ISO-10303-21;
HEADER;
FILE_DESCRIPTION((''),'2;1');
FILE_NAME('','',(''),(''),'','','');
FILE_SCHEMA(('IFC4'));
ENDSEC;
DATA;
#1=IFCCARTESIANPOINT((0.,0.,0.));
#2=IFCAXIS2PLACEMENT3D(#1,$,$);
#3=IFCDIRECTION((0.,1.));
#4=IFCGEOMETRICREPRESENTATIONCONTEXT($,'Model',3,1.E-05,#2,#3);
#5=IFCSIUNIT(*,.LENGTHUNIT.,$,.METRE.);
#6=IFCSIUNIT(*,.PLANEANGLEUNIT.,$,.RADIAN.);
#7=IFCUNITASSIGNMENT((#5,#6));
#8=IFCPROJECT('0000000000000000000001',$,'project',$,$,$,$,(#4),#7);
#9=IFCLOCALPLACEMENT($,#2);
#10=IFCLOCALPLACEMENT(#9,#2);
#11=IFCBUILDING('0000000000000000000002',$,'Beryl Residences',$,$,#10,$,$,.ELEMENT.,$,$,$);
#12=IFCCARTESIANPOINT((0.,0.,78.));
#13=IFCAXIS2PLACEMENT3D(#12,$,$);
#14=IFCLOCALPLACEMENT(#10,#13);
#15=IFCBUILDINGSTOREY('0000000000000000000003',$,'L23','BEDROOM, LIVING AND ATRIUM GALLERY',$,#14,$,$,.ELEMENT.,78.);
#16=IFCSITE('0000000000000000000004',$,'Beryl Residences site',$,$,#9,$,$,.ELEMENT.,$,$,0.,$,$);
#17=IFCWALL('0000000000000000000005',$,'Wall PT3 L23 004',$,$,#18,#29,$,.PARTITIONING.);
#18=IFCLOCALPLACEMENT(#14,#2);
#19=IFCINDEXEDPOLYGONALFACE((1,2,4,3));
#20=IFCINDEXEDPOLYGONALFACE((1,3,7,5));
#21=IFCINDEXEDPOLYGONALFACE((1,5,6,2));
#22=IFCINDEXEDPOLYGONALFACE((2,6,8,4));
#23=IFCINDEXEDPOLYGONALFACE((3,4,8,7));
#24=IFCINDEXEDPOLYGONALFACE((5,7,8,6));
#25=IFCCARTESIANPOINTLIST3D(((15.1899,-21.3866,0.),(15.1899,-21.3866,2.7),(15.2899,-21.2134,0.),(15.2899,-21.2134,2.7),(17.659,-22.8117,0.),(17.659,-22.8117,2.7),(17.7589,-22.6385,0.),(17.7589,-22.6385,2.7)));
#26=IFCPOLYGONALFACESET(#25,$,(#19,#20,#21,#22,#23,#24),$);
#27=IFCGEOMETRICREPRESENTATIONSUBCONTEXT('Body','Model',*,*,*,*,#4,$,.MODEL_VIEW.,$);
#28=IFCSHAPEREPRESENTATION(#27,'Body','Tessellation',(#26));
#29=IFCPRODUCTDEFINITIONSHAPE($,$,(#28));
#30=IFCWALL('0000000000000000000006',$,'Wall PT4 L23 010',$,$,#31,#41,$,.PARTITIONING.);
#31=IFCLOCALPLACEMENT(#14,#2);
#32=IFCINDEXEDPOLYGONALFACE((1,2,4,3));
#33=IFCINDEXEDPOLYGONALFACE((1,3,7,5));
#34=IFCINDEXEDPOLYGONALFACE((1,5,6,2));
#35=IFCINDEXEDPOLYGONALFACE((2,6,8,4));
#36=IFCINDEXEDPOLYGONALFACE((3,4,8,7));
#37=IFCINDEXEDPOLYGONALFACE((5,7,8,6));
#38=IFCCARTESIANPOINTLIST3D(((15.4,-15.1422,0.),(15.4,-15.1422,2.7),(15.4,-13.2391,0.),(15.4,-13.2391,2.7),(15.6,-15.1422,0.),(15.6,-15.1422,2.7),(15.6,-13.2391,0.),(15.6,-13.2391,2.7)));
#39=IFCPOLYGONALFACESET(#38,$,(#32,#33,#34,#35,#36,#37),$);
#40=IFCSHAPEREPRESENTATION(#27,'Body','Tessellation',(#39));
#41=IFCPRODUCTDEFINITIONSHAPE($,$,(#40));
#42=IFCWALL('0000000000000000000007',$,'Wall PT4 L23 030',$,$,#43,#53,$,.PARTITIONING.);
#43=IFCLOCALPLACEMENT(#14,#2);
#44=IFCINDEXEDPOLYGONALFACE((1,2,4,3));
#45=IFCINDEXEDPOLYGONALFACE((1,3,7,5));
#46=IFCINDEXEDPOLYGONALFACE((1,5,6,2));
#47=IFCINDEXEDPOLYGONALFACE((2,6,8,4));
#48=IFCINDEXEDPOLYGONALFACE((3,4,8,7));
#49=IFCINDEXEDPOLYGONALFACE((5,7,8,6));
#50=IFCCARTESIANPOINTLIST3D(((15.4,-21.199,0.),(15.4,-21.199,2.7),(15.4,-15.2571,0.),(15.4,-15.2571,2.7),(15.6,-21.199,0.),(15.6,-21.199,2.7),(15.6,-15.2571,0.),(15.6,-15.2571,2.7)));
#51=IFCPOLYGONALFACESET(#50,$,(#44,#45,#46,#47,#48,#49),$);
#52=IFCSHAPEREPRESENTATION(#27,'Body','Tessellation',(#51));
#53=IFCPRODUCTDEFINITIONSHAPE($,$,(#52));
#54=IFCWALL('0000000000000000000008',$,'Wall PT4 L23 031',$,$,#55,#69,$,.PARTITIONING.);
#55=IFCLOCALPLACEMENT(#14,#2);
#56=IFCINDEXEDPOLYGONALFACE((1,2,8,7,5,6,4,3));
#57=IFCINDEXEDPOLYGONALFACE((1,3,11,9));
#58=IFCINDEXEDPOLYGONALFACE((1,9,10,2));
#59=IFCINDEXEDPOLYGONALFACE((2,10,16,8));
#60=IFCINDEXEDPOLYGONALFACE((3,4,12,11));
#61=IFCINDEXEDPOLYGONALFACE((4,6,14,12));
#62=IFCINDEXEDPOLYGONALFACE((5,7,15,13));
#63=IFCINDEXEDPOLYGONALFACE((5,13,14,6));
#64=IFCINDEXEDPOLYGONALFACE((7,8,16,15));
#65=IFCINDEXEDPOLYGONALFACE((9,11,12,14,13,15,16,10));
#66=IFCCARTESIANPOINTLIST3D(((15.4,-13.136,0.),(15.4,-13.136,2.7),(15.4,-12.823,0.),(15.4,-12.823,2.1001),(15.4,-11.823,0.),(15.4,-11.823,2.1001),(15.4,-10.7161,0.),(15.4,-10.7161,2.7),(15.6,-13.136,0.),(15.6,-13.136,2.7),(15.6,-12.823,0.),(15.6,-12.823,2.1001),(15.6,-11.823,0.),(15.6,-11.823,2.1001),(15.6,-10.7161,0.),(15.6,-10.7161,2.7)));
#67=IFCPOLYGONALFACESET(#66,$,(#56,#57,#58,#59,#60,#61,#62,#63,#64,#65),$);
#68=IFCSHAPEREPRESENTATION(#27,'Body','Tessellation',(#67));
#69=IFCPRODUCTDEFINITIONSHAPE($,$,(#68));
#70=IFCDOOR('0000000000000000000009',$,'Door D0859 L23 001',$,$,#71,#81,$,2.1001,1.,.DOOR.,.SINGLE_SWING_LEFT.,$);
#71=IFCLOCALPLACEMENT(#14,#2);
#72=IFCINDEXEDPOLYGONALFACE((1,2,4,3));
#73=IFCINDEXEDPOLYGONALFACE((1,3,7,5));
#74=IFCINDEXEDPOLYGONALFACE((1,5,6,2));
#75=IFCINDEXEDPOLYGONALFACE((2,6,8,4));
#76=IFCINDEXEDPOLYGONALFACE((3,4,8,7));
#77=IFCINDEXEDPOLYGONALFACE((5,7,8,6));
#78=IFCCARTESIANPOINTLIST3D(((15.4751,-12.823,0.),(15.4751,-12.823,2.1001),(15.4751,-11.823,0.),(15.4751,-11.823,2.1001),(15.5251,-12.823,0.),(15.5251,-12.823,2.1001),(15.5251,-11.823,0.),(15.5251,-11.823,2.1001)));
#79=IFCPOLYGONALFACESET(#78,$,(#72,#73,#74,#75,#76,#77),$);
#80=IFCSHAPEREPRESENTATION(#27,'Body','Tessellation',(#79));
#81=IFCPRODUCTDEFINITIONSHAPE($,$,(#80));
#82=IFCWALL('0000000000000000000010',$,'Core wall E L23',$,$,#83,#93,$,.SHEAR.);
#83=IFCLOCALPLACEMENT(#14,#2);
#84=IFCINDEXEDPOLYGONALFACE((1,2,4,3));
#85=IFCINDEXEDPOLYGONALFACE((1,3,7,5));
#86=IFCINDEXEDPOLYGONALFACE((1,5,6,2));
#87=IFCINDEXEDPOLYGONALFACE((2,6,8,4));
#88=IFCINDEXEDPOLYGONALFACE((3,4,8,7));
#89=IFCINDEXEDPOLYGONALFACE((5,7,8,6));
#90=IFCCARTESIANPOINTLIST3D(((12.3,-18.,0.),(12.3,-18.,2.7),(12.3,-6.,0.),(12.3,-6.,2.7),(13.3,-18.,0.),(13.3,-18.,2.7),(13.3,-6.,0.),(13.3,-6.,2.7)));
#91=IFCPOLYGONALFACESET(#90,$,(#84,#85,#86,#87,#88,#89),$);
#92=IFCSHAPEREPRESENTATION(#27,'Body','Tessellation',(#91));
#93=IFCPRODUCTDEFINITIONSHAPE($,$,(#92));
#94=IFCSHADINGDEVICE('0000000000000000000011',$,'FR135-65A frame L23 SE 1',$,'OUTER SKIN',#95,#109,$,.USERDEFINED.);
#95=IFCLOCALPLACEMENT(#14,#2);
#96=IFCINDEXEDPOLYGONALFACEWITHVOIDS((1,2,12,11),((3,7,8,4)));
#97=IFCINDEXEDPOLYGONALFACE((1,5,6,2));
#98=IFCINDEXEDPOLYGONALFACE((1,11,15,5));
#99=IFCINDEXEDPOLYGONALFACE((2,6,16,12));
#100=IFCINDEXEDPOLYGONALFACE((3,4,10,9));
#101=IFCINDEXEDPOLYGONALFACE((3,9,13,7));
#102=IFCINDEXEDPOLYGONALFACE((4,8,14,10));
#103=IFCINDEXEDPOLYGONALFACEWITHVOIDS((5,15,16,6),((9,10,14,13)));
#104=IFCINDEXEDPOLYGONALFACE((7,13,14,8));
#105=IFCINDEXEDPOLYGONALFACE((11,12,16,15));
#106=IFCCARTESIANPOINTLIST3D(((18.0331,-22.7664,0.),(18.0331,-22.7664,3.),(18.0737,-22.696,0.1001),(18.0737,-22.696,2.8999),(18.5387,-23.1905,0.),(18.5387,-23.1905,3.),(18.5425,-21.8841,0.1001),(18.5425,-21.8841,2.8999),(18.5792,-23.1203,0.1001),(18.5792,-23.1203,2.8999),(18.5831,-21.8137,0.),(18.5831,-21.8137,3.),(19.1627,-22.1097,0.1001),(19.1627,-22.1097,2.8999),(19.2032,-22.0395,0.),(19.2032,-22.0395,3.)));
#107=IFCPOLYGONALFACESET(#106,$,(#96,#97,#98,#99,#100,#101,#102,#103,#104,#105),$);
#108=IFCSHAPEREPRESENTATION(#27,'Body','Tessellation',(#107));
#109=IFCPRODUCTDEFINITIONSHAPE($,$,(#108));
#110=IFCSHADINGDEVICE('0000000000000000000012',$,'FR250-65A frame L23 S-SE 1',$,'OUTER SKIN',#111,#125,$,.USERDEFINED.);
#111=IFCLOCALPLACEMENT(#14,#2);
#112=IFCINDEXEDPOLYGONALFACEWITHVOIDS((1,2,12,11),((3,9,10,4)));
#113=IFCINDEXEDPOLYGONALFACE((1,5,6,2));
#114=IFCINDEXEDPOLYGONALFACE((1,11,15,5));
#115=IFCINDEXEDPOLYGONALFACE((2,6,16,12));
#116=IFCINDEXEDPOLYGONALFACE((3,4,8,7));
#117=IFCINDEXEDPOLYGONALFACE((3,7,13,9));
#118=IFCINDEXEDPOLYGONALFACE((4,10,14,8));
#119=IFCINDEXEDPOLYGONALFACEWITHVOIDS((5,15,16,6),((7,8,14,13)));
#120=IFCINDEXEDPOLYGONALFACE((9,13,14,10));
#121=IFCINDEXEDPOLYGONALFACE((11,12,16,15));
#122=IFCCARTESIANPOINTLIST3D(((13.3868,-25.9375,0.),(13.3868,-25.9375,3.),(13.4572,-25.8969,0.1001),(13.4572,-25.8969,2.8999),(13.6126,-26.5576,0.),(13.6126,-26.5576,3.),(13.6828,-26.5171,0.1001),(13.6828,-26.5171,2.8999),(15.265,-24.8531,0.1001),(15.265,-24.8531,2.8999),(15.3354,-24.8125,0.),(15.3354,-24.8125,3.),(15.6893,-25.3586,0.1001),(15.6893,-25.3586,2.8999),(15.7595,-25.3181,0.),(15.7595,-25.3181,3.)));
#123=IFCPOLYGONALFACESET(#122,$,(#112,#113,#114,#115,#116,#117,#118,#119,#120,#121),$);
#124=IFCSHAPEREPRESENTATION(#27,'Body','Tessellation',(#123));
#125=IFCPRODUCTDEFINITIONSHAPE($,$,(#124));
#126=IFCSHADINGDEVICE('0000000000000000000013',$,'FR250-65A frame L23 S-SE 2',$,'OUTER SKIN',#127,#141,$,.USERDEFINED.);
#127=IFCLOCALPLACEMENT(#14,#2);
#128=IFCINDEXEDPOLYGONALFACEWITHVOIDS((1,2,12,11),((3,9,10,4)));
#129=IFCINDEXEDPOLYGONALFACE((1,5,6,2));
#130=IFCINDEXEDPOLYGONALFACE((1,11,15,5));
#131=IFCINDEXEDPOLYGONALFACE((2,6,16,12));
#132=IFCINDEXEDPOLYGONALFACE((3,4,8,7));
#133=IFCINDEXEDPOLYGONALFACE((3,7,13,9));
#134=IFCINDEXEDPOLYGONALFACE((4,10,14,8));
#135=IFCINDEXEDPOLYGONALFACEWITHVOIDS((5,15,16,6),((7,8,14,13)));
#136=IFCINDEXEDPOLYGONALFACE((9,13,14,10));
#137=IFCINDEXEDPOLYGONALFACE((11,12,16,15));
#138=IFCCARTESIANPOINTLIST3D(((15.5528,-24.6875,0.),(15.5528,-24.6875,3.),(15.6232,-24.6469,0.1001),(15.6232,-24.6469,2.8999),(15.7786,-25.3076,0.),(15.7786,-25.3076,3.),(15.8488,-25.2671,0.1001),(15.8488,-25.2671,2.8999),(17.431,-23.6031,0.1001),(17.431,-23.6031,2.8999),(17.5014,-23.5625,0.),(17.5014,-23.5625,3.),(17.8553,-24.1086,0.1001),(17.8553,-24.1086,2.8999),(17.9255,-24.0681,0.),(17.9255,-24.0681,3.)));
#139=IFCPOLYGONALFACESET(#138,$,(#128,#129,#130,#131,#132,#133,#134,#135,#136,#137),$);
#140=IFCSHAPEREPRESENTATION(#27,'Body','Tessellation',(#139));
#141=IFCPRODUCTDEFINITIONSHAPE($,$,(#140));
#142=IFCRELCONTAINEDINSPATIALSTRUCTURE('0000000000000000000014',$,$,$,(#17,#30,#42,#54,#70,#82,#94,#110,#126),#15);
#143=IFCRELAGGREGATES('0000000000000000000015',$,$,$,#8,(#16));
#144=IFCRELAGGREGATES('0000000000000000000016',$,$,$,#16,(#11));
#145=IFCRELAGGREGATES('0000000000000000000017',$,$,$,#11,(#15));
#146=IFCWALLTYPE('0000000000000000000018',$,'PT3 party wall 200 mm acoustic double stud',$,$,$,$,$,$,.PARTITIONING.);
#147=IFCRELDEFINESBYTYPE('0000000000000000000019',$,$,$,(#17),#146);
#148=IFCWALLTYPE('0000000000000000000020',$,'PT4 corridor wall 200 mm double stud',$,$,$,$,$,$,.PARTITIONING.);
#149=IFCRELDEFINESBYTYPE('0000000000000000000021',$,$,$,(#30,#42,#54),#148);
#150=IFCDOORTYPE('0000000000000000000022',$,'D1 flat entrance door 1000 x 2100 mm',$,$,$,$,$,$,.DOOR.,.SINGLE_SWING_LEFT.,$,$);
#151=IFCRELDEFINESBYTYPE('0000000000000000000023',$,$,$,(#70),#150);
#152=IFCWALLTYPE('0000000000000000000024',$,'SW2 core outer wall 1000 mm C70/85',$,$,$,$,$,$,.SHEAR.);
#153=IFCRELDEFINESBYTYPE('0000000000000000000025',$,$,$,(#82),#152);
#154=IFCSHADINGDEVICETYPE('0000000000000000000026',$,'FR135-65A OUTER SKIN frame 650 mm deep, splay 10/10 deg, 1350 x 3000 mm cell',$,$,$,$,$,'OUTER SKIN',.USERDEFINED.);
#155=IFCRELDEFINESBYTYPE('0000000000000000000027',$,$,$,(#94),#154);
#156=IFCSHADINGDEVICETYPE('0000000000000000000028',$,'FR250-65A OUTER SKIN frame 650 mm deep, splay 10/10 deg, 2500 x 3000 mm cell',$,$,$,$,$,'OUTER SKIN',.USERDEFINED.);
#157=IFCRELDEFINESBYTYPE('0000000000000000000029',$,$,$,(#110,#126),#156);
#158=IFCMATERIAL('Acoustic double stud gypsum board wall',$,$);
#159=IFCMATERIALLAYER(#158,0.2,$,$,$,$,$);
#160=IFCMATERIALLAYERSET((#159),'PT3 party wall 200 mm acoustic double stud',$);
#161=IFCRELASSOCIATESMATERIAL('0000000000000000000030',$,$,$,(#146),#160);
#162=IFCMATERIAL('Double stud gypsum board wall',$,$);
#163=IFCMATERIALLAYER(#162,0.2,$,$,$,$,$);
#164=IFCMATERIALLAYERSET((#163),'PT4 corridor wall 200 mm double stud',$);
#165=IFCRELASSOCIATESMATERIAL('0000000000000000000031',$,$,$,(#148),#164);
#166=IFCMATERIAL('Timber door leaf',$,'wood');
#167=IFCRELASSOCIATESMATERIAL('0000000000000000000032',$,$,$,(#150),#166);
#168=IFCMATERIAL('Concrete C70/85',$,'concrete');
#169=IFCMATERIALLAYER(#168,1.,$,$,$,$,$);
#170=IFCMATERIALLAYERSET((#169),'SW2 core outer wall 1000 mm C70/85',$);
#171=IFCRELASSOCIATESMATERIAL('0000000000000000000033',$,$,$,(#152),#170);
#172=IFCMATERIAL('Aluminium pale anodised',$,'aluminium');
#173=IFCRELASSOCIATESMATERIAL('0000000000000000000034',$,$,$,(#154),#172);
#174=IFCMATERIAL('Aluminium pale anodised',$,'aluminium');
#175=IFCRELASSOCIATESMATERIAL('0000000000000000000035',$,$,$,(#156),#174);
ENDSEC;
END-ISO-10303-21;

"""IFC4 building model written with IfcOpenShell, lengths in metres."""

from ifc_helpers import new_model, entity, si_unit, direction, frame, frame_2d, origin, place, context, subcontext, project, spatial, rectangle, extrude, source, transform, mapped, material, layer, layer_set, type_object, type_shapes, element, fill, save


model = new_model("IFC4")

# Units and contexts
model_context = context("Model", 3, precision=1e-05, world=origin(), true_north=direction((0.0, 1.0)))
body_context = subcontext(model_context, "Body", "Model", "MODEL_VIEW")
ifc_project = project(units=[si_unit("LENGTHUNIT", "METRE"), si_unit("PLANEANGLEUNIT", "RADIAN")], contexts=[model_context])

# Site, building, storey
site_placement = place(None, origin())
site = spatial("IfcSite", under=ifc_project, at=site_placement, Name="Beryl Residences site", CompositionType="ELEMENT", RefElevation=0.0)
building_placement = place(site_placement, origin())
building = spatial("IfcBuilding", under=site, at=building_placement, Name="Beryl Residences", CompositionType="ELEMENT")
storey_placement = place(building_placement, frame((0.0, 0.0, 78.0)))
storey = spatial("IfcBuildingStorey", under=building, at=storey_placement, Name="L23", Description="BEDROOM, LIVING AND ATRIUM GALLERY", CompositionType="ELEMENT", Elevation=78.0)

# Walls
ifc_material_1 = material(Name="Acoustic double stud gypsum board wall")
ifc_layer_1 = layer(ifc_material_1, 0.2)
ifc_layer_set_1 = layer_set([ifc_layer_1], Name="PT3 party wall 200 mm acoustic double stud")
wall_type_1 = type_object("IfcWallType", Name="PT3 party wall 200 mm acoustic double stud", PredefinedType="PARTITIONING", material=ifc_layer_set_1)
wall_1_placement = place(storey_placement, frame((15.24, -21.3, 0.0), z_axis=(0.0, 0.0, 1.0), x_axis=(0.86609, -0.499888, 0.0)))
element("IfcWall", 1, at=wall_1_placement, inside=storey, type_object=wall_type_1, Name="Wall PT3 L23 004", PredefinedType="PARTITIONING", context=body_context, shape_type="SweptSolid", body=[
    extrude(rectangle(XDim=2.8508, YDim=0.2, at=frame_2d((1.4253, 0.0))), origin(), (0.0, 0.0, 1.0), 2.7),
])
ifc_material_2 = material(Name="Double stud gypsum board wall")
ifc_layer_2 = layer(ifc_material_2, 0.2)
ifc_layer_set_2 = layer_set([ifc_layer_2], Name="PT4 corridor wall 200 mm double stud")
wall_type_2 = type_object("IfcWallType", Name="PT4 corridor wall 200 mm double stud", PredefinedType="PARTITIONING", material=ifc_layer_set_2)
wall_2_placement = place(storey_placement, frame((15.5, -13.239, 0.0), z_axis=(0.0, 0.0, 1.0), x_axis=(0.0, -1.0, 0.0)))
element("IfcWall", 2, at=wall_2_placement, inside=storey, type_object=wall_type_2, Name="Wall PT4 L23 010", PredefinedType="PARTITIONING", context=body_context, shape_type="SweptSolid", body=[
    extrude(rectangle(XDim=1.9031, YDim=0.2, at=frame_2d((0.9517, 0.0))), origin(), (0.0, 0.0, 1.0), 2.7),
])
wall_3_placement = place(storey_placement, frame((15.5, -21.199, 0.0), z_axis=(0.0, 0.0, 1.0), x_axis=(0.0, 1.0, 0.0)))
element("IfcWall", 3, at=wall_3_placement, inside=storey, type_object=wall_type_2, Name="Wall PT4 L23 030", PredefinedType="PARTITIONING", context=body_context, shape_type="SweptSolid", body=[
    extrude(rectangle(XDim=5.9419, YDim=0.2, at=frame_2d((2.9709, 0.0))), origin(), (0.0, 0.0, 1.0), 2.7),
])

# Wall, opening, door
wall_4_placement = place(storey_placement, frame((15.5, -13.136, 0.0), z_axis=(0.0, 0.0, 1.0), x_axis=(0.0, 1.0, 0.0)))
wall_4 = element("IfcWall", 4, at=wall_4_placement, inside=storey, type_object=wall_type_2, Name="Wall PT4 L23 031", PredefinedType="PARTITIONING", context=body_context, shape_type="SweptSolid", body=[
    extrude(rectangle(XDim=2.4199, YDim=0.2, at=frame_2d((1.21, 0.0))), origin(), (0.0, 0.0, 1.0), 2.7),
])
opening_1_placement = place(wall_4_placement, frame((0.313, 0.0, 0.0)))
opening_1 = element("IfcOpeningElement", 5, at=opening_1_placement, cuts=wall_4, PredefinedType="OPENING", context=body_context, shape_type="SweptSolid", body=[
    extrude(rectangle(XDim=1.0, YDim=2.1001, at=frame_2d((0.5, 1.05))), frame((0.0, 0.1099, 0.0), z_axis=(0.0, -1.0, 0.0), x_axis=(1.0, 0.0, 0.0)), (0.0, 0.0, 1.0), 0.22),
])
ifc_material_3 = material(Name="Timber door leaf", Category="wood")
door_type_1 = type_object("IfcDoorType", Name="D1 flat entrance door 1000 x 2100 mm", OperationType="SINGLE_SWING_LEFT", PredefinedType="DOOR", material=ifc_material_3)
door_1_placement = place(opening_1_placement, origin())
door_1 = element("IfcDoor", 6, at=door_1_placement, inside=storey, type_object=door_type_1, Name="Door D0859 L23 001", OperationType="SINGLE_SWING_LEFT", OverallHeight=2.1001, OverallWidth=1.0, PredefinedType="DOOR", context=body_context, shape_type="SweptSolid", body=[
    extrude(rectangle(XDim=1.0, YDim=2.1001, at=frame_2d((0.5, 1.05))), frame((0.0, 0.0249, 0.0), z_axis=(0.0, -1.0, 0.0), x_axis=(1.0, 0.0, 0.0)), (0.0, 0.0, 1.0), 0.05),
])
fill(opening_1, door_1)

# Wall
ifc_material_4 = material(Name="Concrete C70/85", Category="concrete")
ifc_layer_3 = layer(ifc_material_4, 1.0)
ifc_layer_set_3 = layer_set([ifc_layer_3], Name="SW2 core outer wall 1000 mm C70/85")
wall_type_3 = type_object("IfcWallType", Name="SW2 core outer wall 1000 mm C70/85", PredefinedType="SHEAR", material=ifc_layer_set_3)
wall_5_placement = place(storey_placement, frame((12.8, -18.0, 0.0), z_axis=(0.0, 0.0, 1.0), x_axis=(0.0, 1.0, 0.0)))
element("IfcWall", 7, at=wall_5_placement, inside=storey, type_object=wall_type_3, Name="Core wall E L23", PredefinedType="SHEAR", context=body_context, shape_type="SweptSolid", body=[
    extrude(rectangle(XDim=12.0, YDim=1.0, at=frame_2d((6.0, 0.0))), origin(), (0.0, 0.0, 1.0), 2.7),
])

# Shading devices
ifc_material_5 = material(Name="Aluminium pale anodised", Category="aluminium")
shading_device_type_1 = type_object("IfcShadingDeviceType", Name="FR135-65A OUTER SKIN frame 650 mm deep, splay 10/10 deg, 1350 x 3000 mm cell", ElementType="OUTER SKIN", PredefinedType="USERDEFINED", material=ifc_material_5)
cartesian_point_1 = entity("IfcCartesianPoint", [-0.55, 0.0])
cartesian_point_2 = entity("IfcCartesianPoint", [-0.4688, 0.1001])
cartesian_point_3 = entity("IfcCartesianPoint", [-0.6646, 0.0])
cartesian_point_4 = entity("IfcCartesianPoint", [-0.5835, 0.1001])
shared_shape_1 = source(origin(), body_context, "Body", "SweptSolid", [
    entity("IfcExtrudedAreaSolidTapered", entity("IfcArbitraryProfileDefWithVoids", "AREA", None, entity("IfcPolyline", [cartesian_point_1, entity("IfcCartesianPoint", [0.55, 0.0]), entity("IfcCartesianPoint", [0.55, 3.0]), entity("IfcCartesianPoint", [-0.55, 3.0]), cartesian_point_1]), [entity("IfcPolyline", [cartesian_point_2, entity("IfcCartesianPoint", [0.4688, 0.1001]), entity("IfcCartesianPoint", [0.4688, 2.8999]), entity("IfcCartesianPoint", [-0.4688, 2.8999]), cartesian_point_2])]), entity("IfcAxis2Placement3D", entity("IfcCartesianPoint", [0.0, 0.0, 0.0]), entity("IfcDirection", [0.0, 1.0, 0.0]), entity("IfcDirection", [-1.0, 0.0, 0.0])), entity("IfcDirection", [0.0, 0.0, 1.0]), 0.6499, entity("IfcArbitraryProfileDefWithVoids", "AREA", None, entity("IfcPolyline", [cartesian_point_3, entity("IfcCartesianPoint", [0.6646, 0.0]), entity("IfcCartesianPoint", [0.6646, 3.0]), entity("IfcCartesianPoint", [-0.6646, 3.0]), cartesian_point_3]), [entity("IfcPolyline", [cartesian_point_4, entity("IfcCartesianPoint", [0.5835, 0.1001]), entity("IfcCartesianPoint", [0.5835, 2.8999]), entity("IfcCartesianPoint", [-0.5835, 2.8999]), cartesian_point_4])])),
])
type_shapes(shading_device_type_1, [shared_shape_1])
shading_device_placement = place(storey_placement, frame((18.3081, -22.29, 0.0), z_axis=(0.0, 0.0, 1.0), x_axis=(-0.5, -0.866025, 0.0)))
element("IfcShadingDevice", 8, at=shading_device_placement, inside=storey, type_object=shading_device_type_1, Name="FR135-65A frame L23 SE 1", ObjectType="OUTER SKIN", PredefinedType="USERDEFINED", context=body_context, shape_type="MappedRepresentation", body=[
    mapped(shared_shape_1, transform((0.0, 0.0, 0.0))),
])
ifc_material_6 = material(Name="Aluminium pale anodised", Category="aluminium")
shading_device_type_2 = type_object("IfcShadingDeviceType", Name="FR250-65A OUTER SKIN frame 650 mm deep, splay 10/10 deg, 2500 x 3000 mm cell", ElementType="OUTER SKIN", PredefinedType="USERDEFINED", material=ifc_material_6)
cartesian_point_5 = entity("IfcCartesianPoint", [-1.125, 0.0])
cartesian_point_6 = entity("IfcCartesianPoint", [-1.0437, 0.1001])
cartesian_point_7 = entity("IfcCartesianPoint", [-1.2395, 0.0])
cartesian_point_8 = entity("IfcCartesianPoint", [-1.1584, 0.1001])
shared_shape_2 = source(origin(), body_context, "Body", "SweptSolid", [
    entity("IfcExtrudedAreaSolidTapered", entity("IfcArbitraryProfileDefWithVoids", "AREA", None, entity("IfcPolyline", [cartesian_point_5, entity("IfcCartesianPoint", [1.125, 0.0]), entity("IfcCartesianPoint", [1.125, 3.0]), entity("IfcCartesianPoint", [-1.125, 3.0]), cartesian_point_5]), [entity("IfcPolyline", [cartesian_point_6, entity("IfcCartesianPoint", [1.0437, 0.1001]), entity("IfcCartesianPoint", [1.0437, 2.8999]), entity("IfcCartesianPoint", [-1.0437, 2.8999]), cartesian_point_6])]), entity("IfcAxis2Placement3D", entity("IfcCartesianPoint", [0.0, 0.0, 0.0]), entity("IfcDirection", [0.0, 1.0, 0.0]), entity("IfcDirection", [-1.0, 0.0, 0.0])), entity("IfcDirection", [0.0, 0.0, 1.0]), 0.6499, entity("IfcArbitraryProfileDefWithVoids", "AREA", None, entity("IfcPolyline", [cartesian_point_7, entity("IfcCartesianPoint", [1.2395, 0.0]), entity("IfcCartesianPoint", [1.2395, 3.0]), entity("IfcCartesianPoint", [-1.2395, 3.0]), cartesian_point_7]), [entity("IfcPolyline", [cartesian_point_8, entity("IfcCartesianPoint", [1.1584, 0.1001]), entity("IfcCartesianPoint", [1.1584, 2.8999]), entity("IfcCartesianPoint", [-1.1584, 2.8999]), cartesian_point_8])])),
])
type_shapes(shading_device_type_2, [shared_shape_2])
for number, where, z_axis, x_axis, name in (
    (9, (14.3611, -25.375, 0.0), (0.0, 0.0, 1.0), (-0.866025, -0.5, 0.0), "FR250-65A frame L23 S-SE 1"),
    (10, (16.5271, -24.125, 0.0), (0.0, 0.0, 1.0), (-0.866025, -0.5, 0.0), "FR250-65A frame L23 S-SE 2"),
):
    element("IfcShadingDevice", number, at=place(storey_placement, frame(where, z_axis=z_axis, x_axis=x_axis)), inside=storey, type_object=shading_device_type_2, Name=name, ObjectType="OUTER SKIN", PredefinedType="USERDEFINED", context=body_context, shape_type="MappedRepresentation", body=[
        mapped(shared_shape_2, transform((0.0, 0.0, 0.0))),
    ])

save(model, "model.ifc")
